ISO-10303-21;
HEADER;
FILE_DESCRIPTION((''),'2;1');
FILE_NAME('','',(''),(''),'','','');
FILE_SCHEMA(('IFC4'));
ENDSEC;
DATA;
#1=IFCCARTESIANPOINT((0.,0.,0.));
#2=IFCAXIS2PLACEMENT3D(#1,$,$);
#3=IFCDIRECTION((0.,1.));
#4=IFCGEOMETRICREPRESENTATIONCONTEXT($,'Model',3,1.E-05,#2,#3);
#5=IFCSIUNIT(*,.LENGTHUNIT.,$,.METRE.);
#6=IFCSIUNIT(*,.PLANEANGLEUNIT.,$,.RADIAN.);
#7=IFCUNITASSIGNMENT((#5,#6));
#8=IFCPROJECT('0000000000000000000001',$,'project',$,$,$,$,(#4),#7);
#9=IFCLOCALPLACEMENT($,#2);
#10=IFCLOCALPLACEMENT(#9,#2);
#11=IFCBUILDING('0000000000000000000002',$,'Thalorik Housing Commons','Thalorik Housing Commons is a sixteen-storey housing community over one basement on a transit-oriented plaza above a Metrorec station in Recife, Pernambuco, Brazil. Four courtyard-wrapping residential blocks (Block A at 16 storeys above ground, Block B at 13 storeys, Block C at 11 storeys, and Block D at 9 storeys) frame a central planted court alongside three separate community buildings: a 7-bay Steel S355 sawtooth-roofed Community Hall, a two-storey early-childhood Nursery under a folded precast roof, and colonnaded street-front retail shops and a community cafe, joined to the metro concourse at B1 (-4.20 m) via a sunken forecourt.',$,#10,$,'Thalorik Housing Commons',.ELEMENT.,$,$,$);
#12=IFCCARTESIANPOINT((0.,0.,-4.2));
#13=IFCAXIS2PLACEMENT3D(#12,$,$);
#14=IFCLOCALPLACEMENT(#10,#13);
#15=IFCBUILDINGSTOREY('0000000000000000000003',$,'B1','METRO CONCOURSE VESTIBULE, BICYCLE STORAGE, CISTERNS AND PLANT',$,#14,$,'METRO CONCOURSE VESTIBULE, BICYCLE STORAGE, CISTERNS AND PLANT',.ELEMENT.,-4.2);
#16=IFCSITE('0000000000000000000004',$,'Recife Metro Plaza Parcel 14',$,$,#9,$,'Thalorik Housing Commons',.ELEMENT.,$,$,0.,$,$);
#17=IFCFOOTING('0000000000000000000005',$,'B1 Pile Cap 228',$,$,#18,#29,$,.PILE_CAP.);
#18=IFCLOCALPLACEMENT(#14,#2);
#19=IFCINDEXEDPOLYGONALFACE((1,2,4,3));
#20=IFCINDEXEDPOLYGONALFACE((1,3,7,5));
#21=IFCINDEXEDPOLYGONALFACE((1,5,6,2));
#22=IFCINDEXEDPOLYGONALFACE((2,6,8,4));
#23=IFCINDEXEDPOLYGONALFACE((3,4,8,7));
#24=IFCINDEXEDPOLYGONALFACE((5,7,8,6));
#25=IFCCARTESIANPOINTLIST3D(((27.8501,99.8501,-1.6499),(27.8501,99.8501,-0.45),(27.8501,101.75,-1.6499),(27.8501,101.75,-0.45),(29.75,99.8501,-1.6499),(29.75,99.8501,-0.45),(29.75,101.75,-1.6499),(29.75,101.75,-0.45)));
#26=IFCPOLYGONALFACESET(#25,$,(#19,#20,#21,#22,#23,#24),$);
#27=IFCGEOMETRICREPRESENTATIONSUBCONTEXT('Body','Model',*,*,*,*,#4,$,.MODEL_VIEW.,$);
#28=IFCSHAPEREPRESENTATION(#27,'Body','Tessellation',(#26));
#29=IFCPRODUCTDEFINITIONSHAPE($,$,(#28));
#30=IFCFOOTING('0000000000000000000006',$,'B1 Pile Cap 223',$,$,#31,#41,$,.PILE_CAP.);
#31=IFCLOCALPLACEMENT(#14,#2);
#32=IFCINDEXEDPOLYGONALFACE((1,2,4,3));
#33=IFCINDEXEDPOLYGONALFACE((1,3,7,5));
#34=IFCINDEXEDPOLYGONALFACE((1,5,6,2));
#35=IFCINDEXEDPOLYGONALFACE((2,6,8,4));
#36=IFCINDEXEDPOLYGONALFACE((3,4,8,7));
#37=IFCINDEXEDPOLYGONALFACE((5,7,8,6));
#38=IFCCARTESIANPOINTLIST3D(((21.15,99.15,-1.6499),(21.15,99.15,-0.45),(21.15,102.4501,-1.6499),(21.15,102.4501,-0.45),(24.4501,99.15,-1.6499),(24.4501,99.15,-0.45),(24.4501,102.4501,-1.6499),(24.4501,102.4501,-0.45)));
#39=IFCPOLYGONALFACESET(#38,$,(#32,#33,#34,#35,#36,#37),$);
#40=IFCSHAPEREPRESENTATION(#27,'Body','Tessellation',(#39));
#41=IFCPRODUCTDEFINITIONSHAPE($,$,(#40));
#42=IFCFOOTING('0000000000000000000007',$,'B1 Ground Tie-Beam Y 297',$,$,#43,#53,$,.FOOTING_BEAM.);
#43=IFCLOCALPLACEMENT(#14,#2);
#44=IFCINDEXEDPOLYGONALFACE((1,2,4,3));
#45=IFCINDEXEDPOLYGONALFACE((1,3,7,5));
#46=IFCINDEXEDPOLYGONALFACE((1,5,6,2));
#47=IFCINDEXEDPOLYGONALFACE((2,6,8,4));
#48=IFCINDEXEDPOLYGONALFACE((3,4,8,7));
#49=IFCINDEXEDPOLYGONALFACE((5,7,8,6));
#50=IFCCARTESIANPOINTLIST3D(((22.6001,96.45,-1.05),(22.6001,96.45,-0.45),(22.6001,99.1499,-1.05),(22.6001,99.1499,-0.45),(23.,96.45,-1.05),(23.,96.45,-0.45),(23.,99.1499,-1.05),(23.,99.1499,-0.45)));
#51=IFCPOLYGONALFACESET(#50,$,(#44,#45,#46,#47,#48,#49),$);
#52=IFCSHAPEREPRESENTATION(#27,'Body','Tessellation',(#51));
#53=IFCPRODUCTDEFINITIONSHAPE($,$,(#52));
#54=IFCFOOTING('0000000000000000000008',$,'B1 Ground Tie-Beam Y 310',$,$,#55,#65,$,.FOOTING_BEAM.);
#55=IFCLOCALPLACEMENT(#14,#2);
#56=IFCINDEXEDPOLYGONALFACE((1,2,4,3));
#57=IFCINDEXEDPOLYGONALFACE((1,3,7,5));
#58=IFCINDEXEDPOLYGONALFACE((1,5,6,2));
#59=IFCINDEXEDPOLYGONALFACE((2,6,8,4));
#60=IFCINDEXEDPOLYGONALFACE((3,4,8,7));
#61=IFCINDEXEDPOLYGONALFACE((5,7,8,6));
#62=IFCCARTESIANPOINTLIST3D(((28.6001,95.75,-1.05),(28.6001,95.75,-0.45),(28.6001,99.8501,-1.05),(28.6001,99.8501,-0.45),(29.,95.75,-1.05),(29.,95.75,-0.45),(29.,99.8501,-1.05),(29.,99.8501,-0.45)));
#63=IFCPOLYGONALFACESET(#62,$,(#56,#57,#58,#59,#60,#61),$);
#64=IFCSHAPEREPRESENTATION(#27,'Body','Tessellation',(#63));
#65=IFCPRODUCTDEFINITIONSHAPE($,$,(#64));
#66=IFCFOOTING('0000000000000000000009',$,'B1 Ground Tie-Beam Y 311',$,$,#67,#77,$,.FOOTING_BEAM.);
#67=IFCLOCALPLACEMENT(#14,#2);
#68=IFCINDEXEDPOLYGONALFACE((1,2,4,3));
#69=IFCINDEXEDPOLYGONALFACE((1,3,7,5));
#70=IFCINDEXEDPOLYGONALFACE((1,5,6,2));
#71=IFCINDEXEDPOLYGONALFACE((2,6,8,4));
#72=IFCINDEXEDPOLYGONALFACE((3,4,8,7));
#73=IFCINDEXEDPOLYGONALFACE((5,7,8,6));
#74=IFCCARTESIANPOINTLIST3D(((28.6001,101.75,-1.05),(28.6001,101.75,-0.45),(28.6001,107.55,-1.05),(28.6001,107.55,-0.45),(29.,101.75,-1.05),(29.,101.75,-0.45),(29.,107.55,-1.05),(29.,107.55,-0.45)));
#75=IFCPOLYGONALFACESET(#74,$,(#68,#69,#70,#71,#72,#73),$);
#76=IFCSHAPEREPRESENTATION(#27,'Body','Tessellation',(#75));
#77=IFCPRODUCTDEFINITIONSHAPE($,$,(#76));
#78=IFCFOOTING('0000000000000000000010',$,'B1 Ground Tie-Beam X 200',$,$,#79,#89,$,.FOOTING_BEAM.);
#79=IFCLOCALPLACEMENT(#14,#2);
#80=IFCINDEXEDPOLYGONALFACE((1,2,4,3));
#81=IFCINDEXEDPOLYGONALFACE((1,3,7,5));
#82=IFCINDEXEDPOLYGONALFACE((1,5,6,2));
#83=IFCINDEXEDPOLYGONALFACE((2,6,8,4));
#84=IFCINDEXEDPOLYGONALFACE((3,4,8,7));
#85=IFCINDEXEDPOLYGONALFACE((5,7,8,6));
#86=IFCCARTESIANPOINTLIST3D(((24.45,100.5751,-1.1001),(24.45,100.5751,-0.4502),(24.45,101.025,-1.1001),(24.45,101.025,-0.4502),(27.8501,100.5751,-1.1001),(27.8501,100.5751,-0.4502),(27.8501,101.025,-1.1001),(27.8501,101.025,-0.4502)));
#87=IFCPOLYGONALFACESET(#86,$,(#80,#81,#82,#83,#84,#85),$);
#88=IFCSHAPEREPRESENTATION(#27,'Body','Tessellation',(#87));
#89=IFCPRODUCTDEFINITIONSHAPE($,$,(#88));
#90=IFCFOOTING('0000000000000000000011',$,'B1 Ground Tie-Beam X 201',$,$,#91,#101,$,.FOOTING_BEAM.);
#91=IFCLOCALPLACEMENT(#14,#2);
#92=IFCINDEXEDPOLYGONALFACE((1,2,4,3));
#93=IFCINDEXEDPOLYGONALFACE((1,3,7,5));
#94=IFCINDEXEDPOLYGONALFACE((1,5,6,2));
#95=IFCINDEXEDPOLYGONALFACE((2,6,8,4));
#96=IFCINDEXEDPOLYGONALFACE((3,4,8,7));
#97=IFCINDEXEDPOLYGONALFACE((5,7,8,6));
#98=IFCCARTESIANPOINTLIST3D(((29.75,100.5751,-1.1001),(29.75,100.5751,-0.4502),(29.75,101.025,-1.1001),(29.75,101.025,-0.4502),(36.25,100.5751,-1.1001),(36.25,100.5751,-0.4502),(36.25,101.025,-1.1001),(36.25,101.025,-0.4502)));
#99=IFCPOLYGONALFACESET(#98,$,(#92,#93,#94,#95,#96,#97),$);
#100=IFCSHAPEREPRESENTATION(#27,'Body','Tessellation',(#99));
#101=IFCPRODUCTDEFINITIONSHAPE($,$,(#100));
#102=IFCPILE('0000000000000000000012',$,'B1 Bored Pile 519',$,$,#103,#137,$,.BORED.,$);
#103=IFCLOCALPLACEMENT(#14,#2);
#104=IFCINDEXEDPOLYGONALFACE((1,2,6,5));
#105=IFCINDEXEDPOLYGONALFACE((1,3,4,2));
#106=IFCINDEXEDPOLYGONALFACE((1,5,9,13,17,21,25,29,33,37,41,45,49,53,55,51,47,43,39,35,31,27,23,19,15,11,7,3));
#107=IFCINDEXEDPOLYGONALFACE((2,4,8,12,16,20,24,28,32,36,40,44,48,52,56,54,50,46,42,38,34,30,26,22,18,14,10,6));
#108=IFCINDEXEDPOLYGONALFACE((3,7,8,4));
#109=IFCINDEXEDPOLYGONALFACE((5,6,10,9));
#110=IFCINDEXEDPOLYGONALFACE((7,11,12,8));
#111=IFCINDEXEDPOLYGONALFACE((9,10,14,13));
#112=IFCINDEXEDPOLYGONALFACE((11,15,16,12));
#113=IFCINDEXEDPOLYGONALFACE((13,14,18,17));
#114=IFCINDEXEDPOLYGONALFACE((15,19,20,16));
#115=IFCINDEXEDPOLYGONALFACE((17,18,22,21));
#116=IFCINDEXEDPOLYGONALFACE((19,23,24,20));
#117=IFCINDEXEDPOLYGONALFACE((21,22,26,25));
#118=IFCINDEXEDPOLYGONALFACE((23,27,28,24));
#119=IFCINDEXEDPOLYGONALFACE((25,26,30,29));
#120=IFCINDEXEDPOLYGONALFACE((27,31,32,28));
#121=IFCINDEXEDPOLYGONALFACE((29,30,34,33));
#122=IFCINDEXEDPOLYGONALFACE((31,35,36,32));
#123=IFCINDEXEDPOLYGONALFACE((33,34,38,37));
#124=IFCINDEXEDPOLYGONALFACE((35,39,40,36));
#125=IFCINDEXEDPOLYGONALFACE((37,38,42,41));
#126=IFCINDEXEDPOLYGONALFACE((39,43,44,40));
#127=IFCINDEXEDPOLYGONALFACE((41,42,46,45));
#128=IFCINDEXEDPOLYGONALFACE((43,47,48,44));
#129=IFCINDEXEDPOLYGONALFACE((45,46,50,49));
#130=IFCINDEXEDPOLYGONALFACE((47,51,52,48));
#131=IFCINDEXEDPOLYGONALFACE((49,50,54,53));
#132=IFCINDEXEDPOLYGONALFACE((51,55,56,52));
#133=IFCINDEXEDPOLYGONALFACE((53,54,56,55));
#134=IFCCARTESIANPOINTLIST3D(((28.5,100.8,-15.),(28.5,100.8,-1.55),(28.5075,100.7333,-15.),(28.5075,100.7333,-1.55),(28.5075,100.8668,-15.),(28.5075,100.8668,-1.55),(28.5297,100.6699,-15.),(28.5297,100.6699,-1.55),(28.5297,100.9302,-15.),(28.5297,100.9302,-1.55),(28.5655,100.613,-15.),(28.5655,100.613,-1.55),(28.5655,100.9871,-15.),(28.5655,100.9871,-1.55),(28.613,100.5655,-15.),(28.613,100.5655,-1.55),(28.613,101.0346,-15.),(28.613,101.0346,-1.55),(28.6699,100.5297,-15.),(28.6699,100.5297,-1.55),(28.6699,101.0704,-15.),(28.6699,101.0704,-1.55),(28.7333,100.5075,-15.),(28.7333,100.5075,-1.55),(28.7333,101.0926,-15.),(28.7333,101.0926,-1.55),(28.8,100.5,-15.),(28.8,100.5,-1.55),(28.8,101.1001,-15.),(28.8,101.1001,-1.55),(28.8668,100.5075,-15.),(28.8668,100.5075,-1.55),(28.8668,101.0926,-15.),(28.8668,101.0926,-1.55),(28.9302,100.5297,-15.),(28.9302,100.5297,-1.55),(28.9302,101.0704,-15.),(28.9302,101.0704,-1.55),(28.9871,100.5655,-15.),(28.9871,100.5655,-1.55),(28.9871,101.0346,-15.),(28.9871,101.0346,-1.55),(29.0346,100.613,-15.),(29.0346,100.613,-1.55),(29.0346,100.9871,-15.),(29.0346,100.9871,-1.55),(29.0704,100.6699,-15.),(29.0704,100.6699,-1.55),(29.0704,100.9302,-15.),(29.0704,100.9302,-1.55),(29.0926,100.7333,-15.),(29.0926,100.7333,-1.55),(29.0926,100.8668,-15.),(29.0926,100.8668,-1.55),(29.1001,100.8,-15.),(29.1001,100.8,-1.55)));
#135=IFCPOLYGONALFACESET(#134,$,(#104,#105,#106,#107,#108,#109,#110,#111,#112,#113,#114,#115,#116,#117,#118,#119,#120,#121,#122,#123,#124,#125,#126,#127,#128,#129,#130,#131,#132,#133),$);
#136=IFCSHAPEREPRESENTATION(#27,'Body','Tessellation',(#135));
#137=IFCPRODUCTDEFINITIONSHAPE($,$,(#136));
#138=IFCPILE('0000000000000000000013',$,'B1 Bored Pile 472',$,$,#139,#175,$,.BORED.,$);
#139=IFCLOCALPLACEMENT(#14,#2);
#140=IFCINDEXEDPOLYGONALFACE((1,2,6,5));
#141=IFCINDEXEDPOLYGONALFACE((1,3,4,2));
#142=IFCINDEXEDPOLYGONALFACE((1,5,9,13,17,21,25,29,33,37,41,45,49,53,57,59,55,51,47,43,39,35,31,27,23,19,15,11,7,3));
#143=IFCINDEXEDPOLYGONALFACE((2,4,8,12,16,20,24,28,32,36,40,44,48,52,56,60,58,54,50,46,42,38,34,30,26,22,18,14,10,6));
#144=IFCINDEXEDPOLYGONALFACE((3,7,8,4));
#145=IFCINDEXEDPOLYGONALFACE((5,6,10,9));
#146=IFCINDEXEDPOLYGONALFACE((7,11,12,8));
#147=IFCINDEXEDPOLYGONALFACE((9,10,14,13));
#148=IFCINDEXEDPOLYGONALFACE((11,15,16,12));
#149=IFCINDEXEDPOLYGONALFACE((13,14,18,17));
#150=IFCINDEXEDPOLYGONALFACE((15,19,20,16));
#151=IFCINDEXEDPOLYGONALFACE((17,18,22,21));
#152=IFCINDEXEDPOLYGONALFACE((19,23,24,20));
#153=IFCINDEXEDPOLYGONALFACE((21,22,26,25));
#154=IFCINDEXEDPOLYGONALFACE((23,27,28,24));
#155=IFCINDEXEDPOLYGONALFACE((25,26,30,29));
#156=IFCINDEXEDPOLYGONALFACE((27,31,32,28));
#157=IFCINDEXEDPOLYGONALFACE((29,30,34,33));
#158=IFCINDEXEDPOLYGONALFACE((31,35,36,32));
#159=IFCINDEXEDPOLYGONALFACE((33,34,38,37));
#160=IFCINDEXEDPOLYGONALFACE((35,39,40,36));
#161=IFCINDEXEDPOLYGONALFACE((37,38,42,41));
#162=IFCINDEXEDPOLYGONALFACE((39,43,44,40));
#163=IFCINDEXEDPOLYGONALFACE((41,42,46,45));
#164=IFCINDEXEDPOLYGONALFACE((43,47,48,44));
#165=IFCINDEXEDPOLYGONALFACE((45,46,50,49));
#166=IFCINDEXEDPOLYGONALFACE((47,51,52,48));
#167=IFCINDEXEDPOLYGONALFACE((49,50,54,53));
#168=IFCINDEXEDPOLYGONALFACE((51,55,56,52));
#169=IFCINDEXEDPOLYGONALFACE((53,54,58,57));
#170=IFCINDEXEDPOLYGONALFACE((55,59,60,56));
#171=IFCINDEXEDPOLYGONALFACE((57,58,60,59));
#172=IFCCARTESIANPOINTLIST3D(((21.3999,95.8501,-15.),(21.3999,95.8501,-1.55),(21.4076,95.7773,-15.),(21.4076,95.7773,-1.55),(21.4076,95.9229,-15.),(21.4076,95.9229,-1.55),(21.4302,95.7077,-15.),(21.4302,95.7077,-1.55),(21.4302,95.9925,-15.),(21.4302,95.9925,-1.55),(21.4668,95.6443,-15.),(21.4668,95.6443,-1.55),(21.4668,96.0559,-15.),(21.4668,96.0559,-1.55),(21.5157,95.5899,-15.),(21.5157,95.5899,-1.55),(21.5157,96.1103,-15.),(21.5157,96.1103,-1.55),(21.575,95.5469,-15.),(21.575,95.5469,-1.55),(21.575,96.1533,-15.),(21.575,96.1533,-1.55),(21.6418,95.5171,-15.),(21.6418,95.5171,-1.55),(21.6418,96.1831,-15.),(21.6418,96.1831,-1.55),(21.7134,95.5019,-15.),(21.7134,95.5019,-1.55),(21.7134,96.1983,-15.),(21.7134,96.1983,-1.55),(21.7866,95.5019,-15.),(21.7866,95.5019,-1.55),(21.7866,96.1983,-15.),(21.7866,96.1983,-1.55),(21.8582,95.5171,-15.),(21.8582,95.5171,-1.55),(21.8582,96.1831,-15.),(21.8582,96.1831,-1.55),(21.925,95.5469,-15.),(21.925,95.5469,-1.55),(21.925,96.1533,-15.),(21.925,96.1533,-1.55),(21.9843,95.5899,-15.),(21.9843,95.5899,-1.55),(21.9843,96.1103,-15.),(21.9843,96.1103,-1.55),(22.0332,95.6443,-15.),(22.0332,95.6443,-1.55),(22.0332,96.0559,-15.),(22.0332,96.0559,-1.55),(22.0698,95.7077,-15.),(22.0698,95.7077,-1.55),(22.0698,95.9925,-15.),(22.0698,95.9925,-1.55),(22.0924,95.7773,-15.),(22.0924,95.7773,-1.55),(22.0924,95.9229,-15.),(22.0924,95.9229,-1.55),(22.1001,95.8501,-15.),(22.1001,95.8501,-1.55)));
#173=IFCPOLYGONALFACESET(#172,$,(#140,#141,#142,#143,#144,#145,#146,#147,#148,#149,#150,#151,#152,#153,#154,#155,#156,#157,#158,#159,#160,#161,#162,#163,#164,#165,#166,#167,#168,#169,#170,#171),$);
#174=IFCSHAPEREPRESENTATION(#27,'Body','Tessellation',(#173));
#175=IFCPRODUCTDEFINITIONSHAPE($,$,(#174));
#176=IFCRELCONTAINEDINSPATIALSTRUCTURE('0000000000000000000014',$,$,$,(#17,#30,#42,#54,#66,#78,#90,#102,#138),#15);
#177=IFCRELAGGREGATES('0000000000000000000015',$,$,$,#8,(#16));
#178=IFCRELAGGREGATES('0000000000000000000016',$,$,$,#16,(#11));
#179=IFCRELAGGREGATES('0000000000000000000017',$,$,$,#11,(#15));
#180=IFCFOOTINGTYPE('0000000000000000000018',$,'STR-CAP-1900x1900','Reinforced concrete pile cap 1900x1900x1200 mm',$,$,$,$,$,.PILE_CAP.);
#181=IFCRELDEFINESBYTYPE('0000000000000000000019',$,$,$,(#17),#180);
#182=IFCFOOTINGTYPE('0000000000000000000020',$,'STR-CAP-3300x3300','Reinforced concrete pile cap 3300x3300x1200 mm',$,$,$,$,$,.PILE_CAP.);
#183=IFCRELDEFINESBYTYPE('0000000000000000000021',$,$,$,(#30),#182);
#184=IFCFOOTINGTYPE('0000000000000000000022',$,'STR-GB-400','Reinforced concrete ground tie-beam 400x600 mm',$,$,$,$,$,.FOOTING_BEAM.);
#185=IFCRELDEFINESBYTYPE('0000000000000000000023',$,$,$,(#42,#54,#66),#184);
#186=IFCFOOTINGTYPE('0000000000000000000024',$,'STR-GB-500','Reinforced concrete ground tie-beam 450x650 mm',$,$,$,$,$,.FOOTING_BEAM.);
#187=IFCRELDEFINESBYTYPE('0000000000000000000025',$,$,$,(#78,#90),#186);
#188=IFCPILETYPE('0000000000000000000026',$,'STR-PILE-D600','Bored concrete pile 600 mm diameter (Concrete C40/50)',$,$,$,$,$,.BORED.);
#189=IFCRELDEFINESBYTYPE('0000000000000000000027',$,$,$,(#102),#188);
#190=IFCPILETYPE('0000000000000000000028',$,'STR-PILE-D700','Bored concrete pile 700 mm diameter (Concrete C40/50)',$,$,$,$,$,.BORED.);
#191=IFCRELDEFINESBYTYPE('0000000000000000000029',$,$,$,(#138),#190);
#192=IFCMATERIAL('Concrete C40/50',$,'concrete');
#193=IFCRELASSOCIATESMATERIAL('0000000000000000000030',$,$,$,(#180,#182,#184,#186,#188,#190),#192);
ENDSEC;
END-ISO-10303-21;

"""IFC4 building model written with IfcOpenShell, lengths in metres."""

from ifc_helpers import new_model, si_unit, direction, frame, origin, origin_2d, place, context, subcontext, project, spatial, rectangle, circle, extrude, material, material_profile, profile_set, type_object, element, save


model = new_model("IFC4")

# Units and contexts
model_context = context("Model", 3, precision=1e-05, world=origin(), true_north=direction((0.0, 1.0)))
body_context = subcontext(model_context, "Body", "Model", "MODEL_VIEW")
ifc_project = project(units=[si_unit("LENGTHUNIT", "METRE"), si_unit("PLANEANGLEUNIT", "RADIAN")], contexts=[model_context])

# Site, building, storey
site_placement = place(None, origin())
site = spatial("IfcSite", under=ifc_project, at=site_placement, Name="Recife Metro Plaza Parcel 14", LongName="Thalorik Housing Commons", CompositionType="ELEMENT", RefElevation=0.0)
building_placement = place(site_placement, origin())
building = spatial("IfcBuilding", under=site, at=building_placement, Name="Thalorik Housing Commons", Description="Thalorik Housing Commons is a sixteen-storey housing community over one basement on a transit-oriented plaza above a Metrorec station in Recife, Pernambuco, Brazil. Four courtyard-wrapping residential blocks (Block A at 16 storeys above ground, Block B at 13 storeys, Block C at 11 storeys, and Block D at 9 storeys) frame a central planted court alongside three separate community buildings: a 7-bay Steel S355 sawtooth-roofed Community Hall, a two-storey early-childhood Nursery under a folded precast roof, and colonnaded street-front retail shops and a community cafe, joined to the metro concourse at B1 (-4.20 m) via a sunken forecourt.", LongName="Thalorik Housing Commons", CompositionType="ELEMENT")
storey_placement = place(building_placement, frame((0.0, 0.0, -4.2)))
storey = spatial("IfcBuildingStorey", under=building, at=storey_placement, Name="B1", Description="METRO CONCOURSE VESTIBULE, BICYCLE STORAGE, CISTERNS AND PLANT", LongName="METRO CONCOURSE VESTIBULE, BICYCLE STORAGE, CISTERNS AND PLANT", CompositionType="ELEMENT", Elevation=-4.2)

# Footings
ifc_material_1 = material(Name="Concrete C40/50", Category="concrete")
footing_type_1 = type_object("IfcFootingType", Name="STR-CAP-1900x1900", Description="Reinforced concrete pile cap 1900x1900x1200 mm", PredefinedType="PILE_CAP", material=ifc_material_1)
footing_1_placement = place(storey_placement, frame((28.8, 100.8, -1.6499), z_axis=(0.0, 0.0, 1.0), x_axis=(1.0, 0.0, 0.0)))
element("IfcFooting", 1, at=footing_1_placement, inside=storey, type_object=footing_type_1, Name="B1 Pile Cap 228", PredefinedType="PILE_CAP", context=body_context, shape_type="SweptSolid", body=[
    extrude(rectangle(XDim=1.8999, YDim=1.8999, at=origin_2d()), origin(), (0.0, 0.0, 1.0), 1.2),
])
footing_type_2 = type_object("IfcFootingType", Name="STR-CAP-3300x3300", Description="Reinforced concrete pile cap 3300x3300x1200 mm", PredefinedType="PILE_CAP", material=ifc_material_1)
footing_2_placement = place(storey_placement, frame((22.8, 100.8, -1.6499), z_axis=(0.0, 0.0, 1.0), x_axis=(1.0, 0.0, 0.0)))
element("IfcFooting", 2, at=footing_2_placement, inside=storey, type_object=footing_type_2, Name="B1 Pile Cap 223", PredefinedType="PILE_CAP", context=body_context, shape_type="SweptSolid", body=[
    extrude(rectangle(XDim=3.3, YDim=3.3, at=origin_2d()), origin(), (0.0, 0.0, 1.0), 1.2),
])
ifc_material_profile_1 = material_profile(ifc_material_1, rectangle(XDim=0.3999, YDim=0.6001, at=origin_2d()), Name="RC 400x600", Category="concrete")
ifc_profile_set_1 = profile_set([ifc_material_profile_1], Name="Concrete C40/50")
footing_type_3 = type_object("IfcFootingType", Name="STR-GB-400", Description="Reinforced concrete ground tie-beam 400x600 mm", PredefinedType="FOOTING_BEAM", material=ifc_profile_set_1)
footing_3_placement = place(storey_placement, frame((22.8, 96.45, -0.75), z_axis=(0.0, 1.0, 0.0), x_axis=(-1.0, 0.0, 0.0)))
element("IfcFooting", 3, at=footing_3_placement, inside=storey, type_object=footing_type_3, Name="B1 Ground Tie-Beam Y 297", PredefinedType="FOOTING_BEAM", context=body_context, shape_type="SweptSolid", body=[
    extrude(rectangle(XDim=0.3999, YDim=0.6001, at=origin_2d()), origin(), (0.0, 0.0, 1.0), 2.7),
])
footing_4_placement = place(storey_placement, frame((28.8, 95.75, -0.75), z_axis=(0.0, 1.0, 0.0), x_axis=(-1.0, 0.0, 0.0)))
element("IfcFooting", 4, at=footing_4_placement, inside=storey, type_object=footing_type_3, Name="B1 Ground Tie-Beam Y 310", PredefinedType="FOOTING_BEAM", context=body_context, shape_type="SweptSolid", body=[
    extrude(rectangle(XDim=0.3999, YDim=0.6001, at=origin_2d()), origin(), (0.0, 0.0, 1.0), 4.1001),
])
footing_5_placement = place(storey_placement, frame((28.8, 101.75, -0.75), z_axis=(0.0, 1.0, 0.0), x_axis=(-1.0, 0.0, 0.0)))
element("IfcFooting", 5, at=footing_5_placement, inside=storey, type_object=footing_type_3, Name="B1 Ground Tie-Beam Y 311", PredefinedType="FOOTING_BEAM", context=body_context, shape_type="SweptSolid", body=[
    extrude(rectangle(XDim=0.3999, YDim=0.6001, at=origin_2d()), origin(), (0.0, 0.0, 1.0), 5.8),
])
ifc_material_profile_2 = material_profile(ifc_material_1, rectangle(XDim=0.45, YDim=0.6499, at=origin_2d()), Name="RC 450x650", Category="concrete")
ifc_profile_set_2 = profile_set([ifc_material_profile_2], Name="Concrete C40/50")
footing_type_4 = type_object("IfcFootingType", Name="STR-GB-500", Description="Reinforced concrete ground tie-beam 450x650 mm", PredefinedType="FOOTING_BEAM", material=ifc_profile_set_2)
footing_6_placement = place(storey_placement, frame((24.45, 100.8, -0.7751), z_axis=(1.0, 0.0, 0.0), x_axis=(0.0, 1.0, 0.0)))
element("IfcFooting", 6, at=footing_6_placement, inside=storey, type_object=footing_type_4, Name="B1 Ground Tie-Beam X 200", PredefinedType="FOOTING_BEAM", context=body_context, shape_type="SweptSolid", body=[
    extrude(rectangle(XDim=0.45, YDim=0.6499, at=origin_2d()), origin(), (0.0, 0.0, 1.0), 3.4001),
])
footing_7_placement = place(storey_placement, frame((29.75, 100.8, -0.7751), z_axis=(1.0, 0.0, 0.0), x_axis=(0.0, 1.0, 0.0)))
element("IfcFooting", 7, at=footing_7_placement, inside=storey, type_object=footing_type_4, Name="B1 Ground Tie-Beam X 201", PredefinedType="FOOTING_BEAM", context=body_context, shape_type="SweptSolid", body=[
    extrude(rectangle(XDim=0.45, YDim=0.6499, at=origin_2d()), origin(), (0.0, 0.0, 1.0), 6.5),
])

# Piles
ifc_material_profile_3 = material_profile(ifc_material_1, circle(Radius=0.3, at=origin_2d()), Name="BORED PILE D600", Category="concrete")
ifc_profile_set_3 = profile_set([ifc_material_profile_3], Name="Concrete C40/50")
pile_type_1 = type_object("IfcPileType", Name="STR-PILE-D600", Description="Bored concrete pile 600 mm diameter (Concrete C40/50)", PredefinedType="BORED", material=ifc_profile_set_3)
pile_placement = place(storey_placement, frame((28.8, 100.8, -1.55), z_axis=(0.0, 0.0, -1.0), x_axis=(1.0, 0.0, 0.0)))
element("IfcPile", 8, at=pile_placement, inside=storey, type_object=pile_type_1, Name="B1 Bored Pile 519", PredefinedType="BORED", context=body_context, shape_type="SweptSolid", body=[
    extrude(circle(Radius=0.3, at=origin_2d()), origin(), (0.0, 0.0, 1.0), 13.45),
])
ifc_material_profile_4 = material_profile(ifc_material_1, circle(Radius=0.3501, at=origin_2d()), Name="BORED PILE D700", Category="concrete")
ifc_profile_set_4 = profile_set([ifc_material_profile_4], Name="Concrete C40/50")
pile_type_2 = type_object("IfcPileType", Name="STR-PILE-D700", Description="Bored concrete pile 700 mm diameter (Concrete C40/50)", PredefinedType="BORED", material=ifc_profile_set_4)
for number, where, z_axis, x_axis, name in (
    (9, (21.75, 95.8501, -1.55), (0.0, 0.0, -1.0), (1.0, 0.0, 0.0), "B1 Bored Pile 472"),
):
    element("IfcPile", number, at=place(storey_placement, frame(where, z_axis=z_axis, x_axis=x_axis)), inside=storey, type_object=pile_type_2, Name=name, PredefinedType="BORED", context=body_context, shape_type="SweptSolid", body=[
        extrude(circle(Radius=0.3501, at=origin_2d()), origin(), (0.0, 0.0, 1.0), 13.45),
    ])

save(model, "model.ifc")
